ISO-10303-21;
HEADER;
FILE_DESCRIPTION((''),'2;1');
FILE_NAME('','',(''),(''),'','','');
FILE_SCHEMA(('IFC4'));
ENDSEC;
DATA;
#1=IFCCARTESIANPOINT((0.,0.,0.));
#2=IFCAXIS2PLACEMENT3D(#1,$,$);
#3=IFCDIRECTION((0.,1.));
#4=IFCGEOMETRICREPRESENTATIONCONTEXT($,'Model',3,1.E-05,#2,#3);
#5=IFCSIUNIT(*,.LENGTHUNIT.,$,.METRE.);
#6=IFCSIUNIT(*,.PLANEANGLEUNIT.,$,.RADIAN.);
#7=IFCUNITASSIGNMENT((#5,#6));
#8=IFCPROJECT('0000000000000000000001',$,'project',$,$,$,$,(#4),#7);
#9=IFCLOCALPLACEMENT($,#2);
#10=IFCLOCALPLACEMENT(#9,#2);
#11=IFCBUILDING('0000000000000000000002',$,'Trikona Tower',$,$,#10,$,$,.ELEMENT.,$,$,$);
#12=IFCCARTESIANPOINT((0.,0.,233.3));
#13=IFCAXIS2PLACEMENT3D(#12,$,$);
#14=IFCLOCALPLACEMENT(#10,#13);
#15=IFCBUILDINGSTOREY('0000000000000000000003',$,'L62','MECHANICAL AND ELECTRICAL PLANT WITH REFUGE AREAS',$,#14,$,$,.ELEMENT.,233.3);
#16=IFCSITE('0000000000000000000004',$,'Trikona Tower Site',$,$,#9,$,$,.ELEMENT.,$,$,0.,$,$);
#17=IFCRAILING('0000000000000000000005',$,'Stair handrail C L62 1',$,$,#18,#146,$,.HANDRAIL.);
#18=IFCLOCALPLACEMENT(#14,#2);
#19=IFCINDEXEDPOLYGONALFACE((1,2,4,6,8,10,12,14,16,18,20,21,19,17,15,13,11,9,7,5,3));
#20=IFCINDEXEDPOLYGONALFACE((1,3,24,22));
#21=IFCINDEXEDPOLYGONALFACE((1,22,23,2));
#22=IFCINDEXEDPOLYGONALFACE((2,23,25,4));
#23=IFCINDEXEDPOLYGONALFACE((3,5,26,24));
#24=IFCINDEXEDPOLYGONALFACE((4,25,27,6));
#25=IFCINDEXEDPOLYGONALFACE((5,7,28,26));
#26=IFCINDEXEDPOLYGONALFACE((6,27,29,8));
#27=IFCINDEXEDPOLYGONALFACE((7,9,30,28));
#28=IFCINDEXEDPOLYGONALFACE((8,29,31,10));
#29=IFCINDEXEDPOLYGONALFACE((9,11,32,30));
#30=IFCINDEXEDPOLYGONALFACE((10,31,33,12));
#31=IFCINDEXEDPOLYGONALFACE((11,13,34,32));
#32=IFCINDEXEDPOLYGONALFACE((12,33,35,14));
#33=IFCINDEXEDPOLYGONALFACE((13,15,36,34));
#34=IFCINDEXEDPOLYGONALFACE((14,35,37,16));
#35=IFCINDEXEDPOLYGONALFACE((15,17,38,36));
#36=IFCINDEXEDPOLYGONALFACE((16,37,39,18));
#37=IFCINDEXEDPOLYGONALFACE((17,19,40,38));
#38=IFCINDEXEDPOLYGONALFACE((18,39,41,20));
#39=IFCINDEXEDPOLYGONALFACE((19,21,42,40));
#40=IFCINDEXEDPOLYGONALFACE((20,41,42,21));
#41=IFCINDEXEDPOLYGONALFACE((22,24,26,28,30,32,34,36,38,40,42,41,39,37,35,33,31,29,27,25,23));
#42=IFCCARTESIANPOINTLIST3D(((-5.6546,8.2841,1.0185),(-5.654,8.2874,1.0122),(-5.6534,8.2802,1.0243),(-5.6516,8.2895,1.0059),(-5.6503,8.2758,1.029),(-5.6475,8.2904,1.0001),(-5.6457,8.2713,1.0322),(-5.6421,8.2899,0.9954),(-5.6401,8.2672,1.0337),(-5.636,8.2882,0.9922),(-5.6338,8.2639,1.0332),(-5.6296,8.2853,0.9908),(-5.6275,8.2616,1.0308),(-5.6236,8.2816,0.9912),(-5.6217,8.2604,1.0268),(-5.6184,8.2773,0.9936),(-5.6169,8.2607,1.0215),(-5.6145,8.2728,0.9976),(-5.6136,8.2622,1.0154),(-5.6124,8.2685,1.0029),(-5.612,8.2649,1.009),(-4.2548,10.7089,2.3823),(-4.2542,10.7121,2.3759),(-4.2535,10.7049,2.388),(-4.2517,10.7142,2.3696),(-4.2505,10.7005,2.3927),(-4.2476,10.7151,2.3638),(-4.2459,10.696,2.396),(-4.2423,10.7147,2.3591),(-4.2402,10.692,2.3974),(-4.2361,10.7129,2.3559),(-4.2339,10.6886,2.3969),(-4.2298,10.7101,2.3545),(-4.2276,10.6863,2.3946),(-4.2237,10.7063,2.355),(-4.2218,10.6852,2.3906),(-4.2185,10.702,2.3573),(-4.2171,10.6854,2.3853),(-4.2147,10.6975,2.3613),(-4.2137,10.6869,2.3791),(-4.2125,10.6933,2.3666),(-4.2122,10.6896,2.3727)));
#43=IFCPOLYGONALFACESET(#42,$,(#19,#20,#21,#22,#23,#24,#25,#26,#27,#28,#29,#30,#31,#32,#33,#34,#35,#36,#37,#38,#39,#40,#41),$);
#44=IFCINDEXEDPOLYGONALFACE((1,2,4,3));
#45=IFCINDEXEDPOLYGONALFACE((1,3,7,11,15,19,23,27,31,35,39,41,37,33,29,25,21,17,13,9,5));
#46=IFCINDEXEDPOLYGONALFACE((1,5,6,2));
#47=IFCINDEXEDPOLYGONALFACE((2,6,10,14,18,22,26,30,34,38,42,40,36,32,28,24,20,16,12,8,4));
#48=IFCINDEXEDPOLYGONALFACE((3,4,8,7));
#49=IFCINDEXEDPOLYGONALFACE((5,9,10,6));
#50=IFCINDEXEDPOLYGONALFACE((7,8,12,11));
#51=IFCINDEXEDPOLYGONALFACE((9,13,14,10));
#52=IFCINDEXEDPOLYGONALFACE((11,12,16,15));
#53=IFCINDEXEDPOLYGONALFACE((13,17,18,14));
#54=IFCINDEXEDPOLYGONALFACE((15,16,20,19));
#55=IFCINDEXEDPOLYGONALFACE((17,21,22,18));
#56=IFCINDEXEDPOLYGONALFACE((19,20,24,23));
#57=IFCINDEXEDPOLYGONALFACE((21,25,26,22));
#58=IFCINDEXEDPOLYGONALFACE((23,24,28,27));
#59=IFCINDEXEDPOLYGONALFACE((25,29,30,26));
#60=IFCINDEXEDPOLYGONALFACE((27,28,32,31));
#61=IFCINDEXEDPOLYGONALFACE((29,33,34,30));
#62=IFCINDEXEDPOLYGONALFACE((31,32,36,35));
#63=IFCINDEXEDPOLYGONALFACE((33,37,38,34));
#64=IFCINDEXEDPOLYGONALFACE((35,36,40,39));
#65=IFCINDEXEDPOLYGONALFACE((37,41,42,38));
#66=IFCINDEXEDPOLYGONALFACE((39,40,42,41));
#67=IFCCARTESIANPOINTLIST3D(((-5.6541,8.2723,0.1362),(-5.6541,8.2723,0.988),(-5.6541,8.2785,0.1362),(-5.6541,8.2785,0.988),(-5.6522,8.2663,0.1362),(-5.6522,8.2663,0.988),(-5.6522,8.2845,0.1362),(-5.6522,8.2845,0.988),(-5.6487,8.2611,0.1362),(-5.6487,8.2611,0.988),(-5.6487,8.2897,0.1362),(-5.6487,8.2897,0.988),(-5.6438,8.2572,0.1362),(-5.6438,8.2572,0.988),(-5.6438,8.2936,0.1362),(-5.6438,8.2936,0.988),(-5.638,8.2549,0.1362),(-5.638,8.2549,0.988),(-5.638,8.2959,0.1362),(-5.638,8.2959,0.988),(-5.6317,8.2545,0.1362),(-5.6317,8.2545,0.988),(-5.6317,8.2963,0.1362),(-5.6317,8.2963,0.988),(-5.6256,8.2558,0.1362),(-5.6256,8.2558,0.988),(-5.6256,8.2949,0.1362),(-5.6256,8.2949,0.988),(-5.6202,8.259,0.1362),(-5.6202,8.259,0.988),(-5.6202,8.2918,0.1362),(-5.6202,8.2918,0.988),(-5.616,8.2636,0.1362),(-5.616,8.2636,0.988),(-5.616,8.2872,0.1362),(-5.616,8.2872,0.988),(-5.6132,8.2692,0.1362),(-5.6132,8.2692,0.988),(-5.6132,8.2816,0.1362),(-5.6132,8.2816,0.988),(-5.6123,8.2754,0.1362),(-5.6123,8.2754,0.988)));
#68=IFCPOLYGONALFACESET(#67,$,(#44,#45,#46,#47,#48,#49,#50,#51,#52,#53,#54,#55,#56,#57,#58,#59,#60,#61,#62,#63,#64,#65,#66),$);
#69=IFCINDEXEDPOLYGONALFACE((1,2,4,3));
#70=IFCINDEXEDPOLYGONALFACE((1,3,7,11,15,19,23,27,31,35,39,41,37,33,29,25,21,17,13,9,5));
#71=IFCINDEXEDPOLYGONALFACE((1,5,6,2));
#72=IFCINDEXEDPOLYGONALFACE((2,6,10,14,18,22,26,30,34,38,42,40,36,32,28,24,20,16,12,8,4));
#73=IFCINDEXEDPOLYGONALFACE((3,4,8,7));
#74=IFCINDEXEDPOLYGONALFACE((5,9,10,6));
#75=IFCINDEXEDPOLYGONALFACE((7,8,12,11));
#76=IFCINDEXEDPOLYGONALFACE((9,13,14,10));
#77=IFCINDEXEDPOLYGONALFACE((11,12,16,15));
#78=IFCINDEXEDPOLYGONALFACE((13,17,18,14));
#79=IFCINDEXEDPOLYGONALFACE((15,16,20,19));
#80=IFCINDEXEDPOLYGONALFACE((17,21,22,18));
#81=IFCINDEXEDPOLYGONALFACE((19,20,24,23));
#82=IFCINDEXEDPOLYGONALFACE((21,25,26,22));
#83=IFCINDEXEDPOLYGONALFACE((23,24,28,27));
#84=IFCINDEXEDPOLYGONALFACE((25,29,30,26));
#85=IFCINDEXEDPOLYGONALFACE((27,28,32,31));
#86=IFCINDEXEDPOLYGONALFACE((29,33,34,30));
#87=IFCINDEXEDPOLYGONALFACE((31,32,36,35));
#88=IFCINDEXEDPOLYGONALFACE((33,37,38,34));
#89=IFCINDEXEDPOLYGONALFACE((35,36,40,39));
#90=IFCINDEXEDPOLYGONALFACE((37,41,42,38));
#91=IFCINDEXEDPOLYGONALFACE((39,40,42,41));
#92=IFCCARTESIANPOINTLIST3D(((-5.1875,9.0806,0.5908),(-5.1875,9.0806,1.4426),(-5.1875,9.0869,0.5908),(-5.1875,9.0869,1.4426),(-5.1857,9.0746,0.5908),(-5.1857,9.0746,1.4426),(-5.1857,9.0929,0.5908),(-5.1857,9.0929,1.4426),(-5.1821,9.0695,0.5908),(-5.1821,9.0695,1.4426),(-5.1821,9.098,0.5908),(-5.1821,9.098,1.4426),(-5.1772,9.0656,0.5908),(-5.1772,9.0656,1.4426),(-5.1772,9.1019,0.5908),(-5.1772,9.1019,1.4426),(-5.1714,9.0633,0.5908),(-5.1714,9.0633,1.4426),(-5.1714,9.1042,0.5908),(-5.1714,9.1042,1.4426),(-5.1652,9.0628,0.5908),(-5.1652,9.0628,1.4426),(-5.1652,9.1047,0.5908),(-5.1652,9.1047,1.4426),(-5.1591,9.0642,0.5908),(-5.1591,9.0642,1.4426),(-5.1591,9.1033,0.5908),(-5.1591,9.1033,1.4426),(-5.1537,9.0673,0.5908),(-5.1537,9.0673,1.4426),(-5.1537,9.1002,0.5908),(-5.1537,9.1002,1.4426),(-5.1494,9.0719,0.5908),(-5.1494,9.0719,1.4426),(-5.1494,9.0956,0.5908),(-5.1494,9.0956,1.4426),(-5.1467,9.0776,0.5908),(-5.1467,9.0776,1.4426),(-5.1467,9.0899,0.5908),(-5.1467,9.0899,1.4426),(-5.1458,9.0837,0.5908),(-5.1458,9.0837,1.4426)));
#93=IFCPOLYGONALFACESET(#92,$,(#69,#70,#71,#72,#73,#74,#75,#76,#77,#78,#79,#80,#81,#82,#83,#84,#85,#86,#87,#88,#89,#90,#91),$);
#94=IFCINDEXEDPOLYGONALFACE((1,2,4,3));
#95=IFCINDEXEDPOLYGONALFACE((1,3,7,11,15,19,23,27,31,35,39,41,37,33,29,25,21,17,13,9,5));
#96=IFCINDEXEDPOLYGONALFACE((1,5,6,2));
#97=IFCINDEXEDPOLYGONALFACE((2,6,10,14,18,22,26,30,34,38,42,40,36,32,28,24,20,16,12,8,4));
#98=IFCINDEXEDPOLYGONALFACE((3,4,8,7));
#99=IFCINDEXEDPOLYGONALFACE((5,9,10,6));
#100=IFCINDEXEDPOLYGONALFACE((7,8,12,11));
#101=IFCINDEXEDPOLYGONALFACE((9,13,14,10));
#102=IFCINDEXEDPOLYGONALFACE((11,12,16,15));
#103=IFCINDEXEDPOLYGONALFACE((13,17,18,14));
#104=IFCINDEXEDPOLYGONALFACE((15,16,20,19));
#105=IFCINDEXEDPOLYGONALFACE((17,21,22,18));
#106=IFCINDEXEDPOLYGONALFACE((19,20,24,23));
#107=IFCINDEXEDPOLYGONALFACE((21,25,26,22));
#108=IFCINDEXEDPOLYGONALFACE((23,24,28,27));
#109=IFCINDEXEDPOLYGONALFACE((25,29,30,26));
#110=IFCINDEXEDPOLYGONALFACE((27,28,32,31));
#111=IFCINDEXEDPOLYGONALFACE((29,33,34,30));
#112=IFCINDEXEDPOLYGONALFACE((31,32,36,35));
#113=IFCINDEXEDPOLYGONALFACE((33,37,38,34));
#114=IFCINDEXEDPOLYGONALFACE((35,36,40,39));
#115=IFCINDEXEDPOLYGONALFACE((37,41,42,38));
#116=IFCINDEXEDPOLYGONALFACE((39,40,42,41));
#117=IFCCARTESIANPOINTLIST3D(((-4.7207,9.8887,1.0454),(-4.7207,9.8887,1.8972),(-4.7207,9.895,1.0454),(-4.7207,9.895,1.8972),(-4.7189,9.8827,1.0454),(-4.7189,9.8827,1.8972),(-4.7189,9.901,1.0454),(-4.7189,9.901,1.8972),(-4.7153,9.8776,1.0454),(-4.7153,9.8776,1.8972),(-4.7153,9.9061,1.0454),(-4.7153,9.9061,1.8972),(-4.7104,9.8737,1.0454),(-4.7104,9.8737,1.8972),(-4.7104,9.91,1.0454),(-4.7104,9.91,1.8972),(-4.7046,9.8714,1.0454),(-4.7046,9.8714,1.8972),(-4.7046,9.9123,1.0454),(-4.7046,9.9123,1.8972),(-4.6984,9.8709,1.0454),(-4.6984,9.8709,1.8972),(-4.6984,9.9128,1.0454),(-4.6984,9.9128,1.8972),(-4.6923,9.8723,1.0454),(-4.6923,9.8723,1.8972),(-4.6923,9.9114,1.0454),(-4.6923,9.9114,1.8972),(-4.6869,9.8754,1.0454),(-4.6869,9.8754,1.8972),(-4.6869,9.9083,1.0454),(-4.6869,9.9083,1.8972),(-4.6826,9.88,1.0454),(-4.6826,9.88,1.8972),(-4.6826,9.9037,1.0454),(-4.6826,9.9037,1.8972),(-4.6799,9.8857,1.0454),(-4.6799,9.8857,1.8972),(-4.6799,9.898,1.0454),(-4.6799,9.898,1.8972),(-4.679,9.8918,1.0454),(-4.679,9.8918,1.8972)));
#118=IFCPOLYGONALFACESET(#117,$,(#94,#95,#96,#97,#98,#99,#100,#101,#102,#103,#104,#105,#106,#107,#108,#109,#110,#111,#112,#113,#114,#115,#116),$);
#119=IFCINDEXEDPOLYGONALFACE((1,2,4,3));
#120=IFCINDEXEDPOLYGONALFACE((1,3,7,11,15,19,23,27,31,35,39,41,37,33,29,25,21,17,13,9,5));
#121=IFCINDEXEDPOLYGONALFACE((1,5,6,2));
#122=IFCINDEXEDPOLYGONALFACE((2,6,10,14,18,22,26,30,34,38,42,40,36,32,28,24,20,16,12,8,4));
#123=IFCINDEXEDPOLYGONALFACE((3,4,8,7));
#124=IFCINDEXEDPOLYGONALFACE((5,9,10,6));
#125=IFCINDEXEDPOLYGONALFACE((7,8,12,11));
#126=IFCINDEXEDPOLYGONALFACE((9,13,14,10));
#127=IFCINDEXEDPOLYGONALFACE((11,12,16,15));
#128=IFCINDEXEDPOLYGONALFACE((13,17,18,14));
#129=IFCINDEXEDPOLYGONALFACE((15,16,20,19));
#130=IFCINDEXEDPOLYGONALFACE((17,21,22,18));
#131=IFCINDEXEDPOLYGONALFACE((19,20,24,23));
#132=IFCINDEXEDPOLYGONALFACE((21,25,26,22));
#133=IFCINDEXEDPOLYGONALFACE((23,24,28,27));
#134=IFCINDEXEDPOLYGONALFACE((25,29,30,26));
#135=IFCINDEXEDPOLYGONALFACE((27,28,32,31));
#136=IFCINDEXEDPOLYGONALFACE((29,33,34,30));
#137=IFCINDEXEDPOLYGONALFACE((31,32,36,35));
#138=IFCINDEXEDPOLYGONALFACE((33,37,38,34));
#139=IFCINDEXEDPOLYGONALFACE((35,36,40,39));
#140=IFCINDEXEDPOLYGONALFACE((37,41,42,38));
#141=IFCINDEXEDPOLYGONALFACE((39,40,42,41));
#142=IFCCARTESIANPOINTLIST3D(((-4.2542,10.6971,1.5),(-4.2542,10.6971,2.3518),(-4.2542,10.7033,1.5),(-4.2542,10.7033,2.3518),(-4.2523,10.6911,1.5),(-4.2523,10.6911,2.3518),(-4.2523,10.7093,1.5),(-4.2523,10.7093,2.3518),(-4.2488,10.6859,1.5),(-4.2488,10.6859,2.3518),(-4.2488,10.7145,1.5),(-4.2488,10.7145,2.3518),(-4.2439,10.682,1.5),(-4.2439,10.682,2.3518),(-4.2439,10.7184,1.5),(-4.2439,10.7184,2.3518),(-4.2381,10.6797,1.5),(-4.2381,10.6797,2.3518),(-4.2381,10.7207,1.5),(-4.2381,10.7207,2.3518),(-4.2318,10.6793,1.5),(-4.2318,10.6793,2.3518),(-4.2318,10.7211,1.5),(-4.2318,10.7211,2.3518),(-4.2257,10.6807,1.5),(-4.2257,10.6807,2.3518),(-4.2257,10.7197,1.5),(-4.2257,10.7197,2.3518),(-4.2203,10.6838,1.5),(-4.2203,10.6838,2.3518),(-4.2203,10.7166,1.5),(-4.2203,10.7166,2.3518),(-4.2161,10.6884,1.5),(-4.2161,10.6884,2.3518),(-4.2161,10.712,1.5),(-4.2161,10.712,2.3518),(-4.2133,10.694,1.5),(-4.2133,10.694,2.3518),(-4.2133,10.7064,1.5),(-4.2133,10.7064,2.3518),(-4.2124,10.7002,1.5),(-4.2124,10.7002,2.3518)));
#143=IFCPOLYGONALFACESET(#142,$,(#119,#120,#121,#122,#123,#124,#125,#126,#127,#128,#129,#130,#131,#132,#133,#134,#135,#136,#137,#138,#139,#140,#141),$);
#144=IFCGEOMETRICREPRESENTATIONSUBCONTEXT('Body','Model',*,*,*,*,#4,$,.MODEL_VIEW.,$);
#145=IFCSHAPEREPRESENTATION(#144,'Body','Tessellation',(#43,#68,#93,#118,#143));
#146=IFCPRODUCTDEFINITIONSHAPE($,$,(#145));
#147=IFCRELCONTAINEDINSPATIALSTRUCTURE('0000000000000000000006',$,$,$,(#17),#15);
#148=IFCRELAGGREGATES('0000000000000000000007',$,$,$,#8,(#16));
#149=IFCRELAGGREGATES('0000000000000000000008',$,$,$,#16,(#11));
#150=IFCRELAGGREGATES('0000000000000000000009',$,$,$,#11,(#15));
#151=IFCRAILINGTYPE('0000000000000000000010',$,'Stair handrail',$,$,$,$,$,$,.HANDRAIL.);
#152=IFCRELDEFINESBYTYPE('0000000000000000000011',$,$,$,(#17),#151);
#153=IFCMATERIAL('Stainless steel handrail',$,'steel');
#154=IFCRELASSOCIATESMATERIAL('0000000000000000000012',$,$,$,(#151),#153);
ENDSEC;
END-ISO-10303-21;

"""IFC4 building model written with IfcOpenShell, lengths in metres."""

from ifc_helpers import new_model, si_unit, direction, frame, origin, origin_2d, place, context, subcontext, project, spatial, circle, extrude, material, type_object, element, save


model = new_model("IFC4")

# Units and contexts
model_context = context("Model", 3, precision=1e-05, world=origin(), true_north=direction((0.0, 1.0)))
body_context = subcontext(model_context, "Body", "Model", "MODEL_VIEW")
ifc_project = project(units=[si_unit("LENGTHUNIT", "METRE"), si_unit("PLANEANGLEUNIT", "RADIAN")], contexts=[model_context])

# Site, building, storey
site_placement = place(None, origin())
site = spatial("IfcSite", under=ifc_project, at=site_placement, Name="Trikona Tower Site", CompositionType="ELEMENT", RefElevation=0.0)
building_placement = place(site_placement, origin())
building = spatial("IfcBuilding", under=site, at=building_placement, Name="Trikona Tower", CompositionType="ELEMENT")
storey_placement = place(building_placement, frame((0.0, 0.0, 233.3)))
storey = spatial("IfcBuildingStorey", under=building, at=storey_placement, Name="L62", Description="MECHANICAL AND ELECTRICAL PLANT WITH REFUGE AREAS", CompositionType="ELEMENT", Elevation=233.3)

# Railing
ifc_material_1 = material(Name="Stainless steel handrail", Category="steel")
railing_type = type_object("IfcRailingType", Name="Stair handrail", PredefinedType="HANDRAIL", material=ifc_material_1)
railing_1_placement = place(storey_placement, frame((-5.6333, 8.2754, 0.1362)))
element("IfcRailing", 1, at=railing_1_placement, inside=storey, type_object=railing_type, Name="Stair handrail C L62 1", PredefinedType="HANDRAIL", context=body_context, shape_type="SweptSolid", body=[
    extrude(circle(Radius=0.0239, at=origin_2d()), frame((0.0, 0.0, 0.876), z_axis=(0.449498, 0.778587, 0.437896), x_axis=(-0.866035, 0.499984, 0.0)), (0.0, 0.0, 1.0), 3.1143),
    extrude(circle(Radius=0.021, at=origin_2d()), origin(), (0.0, 0.0, 1.0), 0.8518),
    extrude(circle(Radius=0.021, at=origin_2d()), frame((0.4666, 0.8083, 0.4546)), (0.0, 0.0, 1.0), 0.8518),
    extrude(circle(Radius=0.021, at=origin_2d()), frame((0.9333, 1.6165, 0.9092)), (0.0, 0.0, 1.0), 0.8518),
    extrude(circle(Radius=0.021, at=origin_2d()), frame((1.3999, 2.4248, 1.3638)), (0.0, 0.0, 1.0), 0.8518),
])

save(model, "model.ifc")
